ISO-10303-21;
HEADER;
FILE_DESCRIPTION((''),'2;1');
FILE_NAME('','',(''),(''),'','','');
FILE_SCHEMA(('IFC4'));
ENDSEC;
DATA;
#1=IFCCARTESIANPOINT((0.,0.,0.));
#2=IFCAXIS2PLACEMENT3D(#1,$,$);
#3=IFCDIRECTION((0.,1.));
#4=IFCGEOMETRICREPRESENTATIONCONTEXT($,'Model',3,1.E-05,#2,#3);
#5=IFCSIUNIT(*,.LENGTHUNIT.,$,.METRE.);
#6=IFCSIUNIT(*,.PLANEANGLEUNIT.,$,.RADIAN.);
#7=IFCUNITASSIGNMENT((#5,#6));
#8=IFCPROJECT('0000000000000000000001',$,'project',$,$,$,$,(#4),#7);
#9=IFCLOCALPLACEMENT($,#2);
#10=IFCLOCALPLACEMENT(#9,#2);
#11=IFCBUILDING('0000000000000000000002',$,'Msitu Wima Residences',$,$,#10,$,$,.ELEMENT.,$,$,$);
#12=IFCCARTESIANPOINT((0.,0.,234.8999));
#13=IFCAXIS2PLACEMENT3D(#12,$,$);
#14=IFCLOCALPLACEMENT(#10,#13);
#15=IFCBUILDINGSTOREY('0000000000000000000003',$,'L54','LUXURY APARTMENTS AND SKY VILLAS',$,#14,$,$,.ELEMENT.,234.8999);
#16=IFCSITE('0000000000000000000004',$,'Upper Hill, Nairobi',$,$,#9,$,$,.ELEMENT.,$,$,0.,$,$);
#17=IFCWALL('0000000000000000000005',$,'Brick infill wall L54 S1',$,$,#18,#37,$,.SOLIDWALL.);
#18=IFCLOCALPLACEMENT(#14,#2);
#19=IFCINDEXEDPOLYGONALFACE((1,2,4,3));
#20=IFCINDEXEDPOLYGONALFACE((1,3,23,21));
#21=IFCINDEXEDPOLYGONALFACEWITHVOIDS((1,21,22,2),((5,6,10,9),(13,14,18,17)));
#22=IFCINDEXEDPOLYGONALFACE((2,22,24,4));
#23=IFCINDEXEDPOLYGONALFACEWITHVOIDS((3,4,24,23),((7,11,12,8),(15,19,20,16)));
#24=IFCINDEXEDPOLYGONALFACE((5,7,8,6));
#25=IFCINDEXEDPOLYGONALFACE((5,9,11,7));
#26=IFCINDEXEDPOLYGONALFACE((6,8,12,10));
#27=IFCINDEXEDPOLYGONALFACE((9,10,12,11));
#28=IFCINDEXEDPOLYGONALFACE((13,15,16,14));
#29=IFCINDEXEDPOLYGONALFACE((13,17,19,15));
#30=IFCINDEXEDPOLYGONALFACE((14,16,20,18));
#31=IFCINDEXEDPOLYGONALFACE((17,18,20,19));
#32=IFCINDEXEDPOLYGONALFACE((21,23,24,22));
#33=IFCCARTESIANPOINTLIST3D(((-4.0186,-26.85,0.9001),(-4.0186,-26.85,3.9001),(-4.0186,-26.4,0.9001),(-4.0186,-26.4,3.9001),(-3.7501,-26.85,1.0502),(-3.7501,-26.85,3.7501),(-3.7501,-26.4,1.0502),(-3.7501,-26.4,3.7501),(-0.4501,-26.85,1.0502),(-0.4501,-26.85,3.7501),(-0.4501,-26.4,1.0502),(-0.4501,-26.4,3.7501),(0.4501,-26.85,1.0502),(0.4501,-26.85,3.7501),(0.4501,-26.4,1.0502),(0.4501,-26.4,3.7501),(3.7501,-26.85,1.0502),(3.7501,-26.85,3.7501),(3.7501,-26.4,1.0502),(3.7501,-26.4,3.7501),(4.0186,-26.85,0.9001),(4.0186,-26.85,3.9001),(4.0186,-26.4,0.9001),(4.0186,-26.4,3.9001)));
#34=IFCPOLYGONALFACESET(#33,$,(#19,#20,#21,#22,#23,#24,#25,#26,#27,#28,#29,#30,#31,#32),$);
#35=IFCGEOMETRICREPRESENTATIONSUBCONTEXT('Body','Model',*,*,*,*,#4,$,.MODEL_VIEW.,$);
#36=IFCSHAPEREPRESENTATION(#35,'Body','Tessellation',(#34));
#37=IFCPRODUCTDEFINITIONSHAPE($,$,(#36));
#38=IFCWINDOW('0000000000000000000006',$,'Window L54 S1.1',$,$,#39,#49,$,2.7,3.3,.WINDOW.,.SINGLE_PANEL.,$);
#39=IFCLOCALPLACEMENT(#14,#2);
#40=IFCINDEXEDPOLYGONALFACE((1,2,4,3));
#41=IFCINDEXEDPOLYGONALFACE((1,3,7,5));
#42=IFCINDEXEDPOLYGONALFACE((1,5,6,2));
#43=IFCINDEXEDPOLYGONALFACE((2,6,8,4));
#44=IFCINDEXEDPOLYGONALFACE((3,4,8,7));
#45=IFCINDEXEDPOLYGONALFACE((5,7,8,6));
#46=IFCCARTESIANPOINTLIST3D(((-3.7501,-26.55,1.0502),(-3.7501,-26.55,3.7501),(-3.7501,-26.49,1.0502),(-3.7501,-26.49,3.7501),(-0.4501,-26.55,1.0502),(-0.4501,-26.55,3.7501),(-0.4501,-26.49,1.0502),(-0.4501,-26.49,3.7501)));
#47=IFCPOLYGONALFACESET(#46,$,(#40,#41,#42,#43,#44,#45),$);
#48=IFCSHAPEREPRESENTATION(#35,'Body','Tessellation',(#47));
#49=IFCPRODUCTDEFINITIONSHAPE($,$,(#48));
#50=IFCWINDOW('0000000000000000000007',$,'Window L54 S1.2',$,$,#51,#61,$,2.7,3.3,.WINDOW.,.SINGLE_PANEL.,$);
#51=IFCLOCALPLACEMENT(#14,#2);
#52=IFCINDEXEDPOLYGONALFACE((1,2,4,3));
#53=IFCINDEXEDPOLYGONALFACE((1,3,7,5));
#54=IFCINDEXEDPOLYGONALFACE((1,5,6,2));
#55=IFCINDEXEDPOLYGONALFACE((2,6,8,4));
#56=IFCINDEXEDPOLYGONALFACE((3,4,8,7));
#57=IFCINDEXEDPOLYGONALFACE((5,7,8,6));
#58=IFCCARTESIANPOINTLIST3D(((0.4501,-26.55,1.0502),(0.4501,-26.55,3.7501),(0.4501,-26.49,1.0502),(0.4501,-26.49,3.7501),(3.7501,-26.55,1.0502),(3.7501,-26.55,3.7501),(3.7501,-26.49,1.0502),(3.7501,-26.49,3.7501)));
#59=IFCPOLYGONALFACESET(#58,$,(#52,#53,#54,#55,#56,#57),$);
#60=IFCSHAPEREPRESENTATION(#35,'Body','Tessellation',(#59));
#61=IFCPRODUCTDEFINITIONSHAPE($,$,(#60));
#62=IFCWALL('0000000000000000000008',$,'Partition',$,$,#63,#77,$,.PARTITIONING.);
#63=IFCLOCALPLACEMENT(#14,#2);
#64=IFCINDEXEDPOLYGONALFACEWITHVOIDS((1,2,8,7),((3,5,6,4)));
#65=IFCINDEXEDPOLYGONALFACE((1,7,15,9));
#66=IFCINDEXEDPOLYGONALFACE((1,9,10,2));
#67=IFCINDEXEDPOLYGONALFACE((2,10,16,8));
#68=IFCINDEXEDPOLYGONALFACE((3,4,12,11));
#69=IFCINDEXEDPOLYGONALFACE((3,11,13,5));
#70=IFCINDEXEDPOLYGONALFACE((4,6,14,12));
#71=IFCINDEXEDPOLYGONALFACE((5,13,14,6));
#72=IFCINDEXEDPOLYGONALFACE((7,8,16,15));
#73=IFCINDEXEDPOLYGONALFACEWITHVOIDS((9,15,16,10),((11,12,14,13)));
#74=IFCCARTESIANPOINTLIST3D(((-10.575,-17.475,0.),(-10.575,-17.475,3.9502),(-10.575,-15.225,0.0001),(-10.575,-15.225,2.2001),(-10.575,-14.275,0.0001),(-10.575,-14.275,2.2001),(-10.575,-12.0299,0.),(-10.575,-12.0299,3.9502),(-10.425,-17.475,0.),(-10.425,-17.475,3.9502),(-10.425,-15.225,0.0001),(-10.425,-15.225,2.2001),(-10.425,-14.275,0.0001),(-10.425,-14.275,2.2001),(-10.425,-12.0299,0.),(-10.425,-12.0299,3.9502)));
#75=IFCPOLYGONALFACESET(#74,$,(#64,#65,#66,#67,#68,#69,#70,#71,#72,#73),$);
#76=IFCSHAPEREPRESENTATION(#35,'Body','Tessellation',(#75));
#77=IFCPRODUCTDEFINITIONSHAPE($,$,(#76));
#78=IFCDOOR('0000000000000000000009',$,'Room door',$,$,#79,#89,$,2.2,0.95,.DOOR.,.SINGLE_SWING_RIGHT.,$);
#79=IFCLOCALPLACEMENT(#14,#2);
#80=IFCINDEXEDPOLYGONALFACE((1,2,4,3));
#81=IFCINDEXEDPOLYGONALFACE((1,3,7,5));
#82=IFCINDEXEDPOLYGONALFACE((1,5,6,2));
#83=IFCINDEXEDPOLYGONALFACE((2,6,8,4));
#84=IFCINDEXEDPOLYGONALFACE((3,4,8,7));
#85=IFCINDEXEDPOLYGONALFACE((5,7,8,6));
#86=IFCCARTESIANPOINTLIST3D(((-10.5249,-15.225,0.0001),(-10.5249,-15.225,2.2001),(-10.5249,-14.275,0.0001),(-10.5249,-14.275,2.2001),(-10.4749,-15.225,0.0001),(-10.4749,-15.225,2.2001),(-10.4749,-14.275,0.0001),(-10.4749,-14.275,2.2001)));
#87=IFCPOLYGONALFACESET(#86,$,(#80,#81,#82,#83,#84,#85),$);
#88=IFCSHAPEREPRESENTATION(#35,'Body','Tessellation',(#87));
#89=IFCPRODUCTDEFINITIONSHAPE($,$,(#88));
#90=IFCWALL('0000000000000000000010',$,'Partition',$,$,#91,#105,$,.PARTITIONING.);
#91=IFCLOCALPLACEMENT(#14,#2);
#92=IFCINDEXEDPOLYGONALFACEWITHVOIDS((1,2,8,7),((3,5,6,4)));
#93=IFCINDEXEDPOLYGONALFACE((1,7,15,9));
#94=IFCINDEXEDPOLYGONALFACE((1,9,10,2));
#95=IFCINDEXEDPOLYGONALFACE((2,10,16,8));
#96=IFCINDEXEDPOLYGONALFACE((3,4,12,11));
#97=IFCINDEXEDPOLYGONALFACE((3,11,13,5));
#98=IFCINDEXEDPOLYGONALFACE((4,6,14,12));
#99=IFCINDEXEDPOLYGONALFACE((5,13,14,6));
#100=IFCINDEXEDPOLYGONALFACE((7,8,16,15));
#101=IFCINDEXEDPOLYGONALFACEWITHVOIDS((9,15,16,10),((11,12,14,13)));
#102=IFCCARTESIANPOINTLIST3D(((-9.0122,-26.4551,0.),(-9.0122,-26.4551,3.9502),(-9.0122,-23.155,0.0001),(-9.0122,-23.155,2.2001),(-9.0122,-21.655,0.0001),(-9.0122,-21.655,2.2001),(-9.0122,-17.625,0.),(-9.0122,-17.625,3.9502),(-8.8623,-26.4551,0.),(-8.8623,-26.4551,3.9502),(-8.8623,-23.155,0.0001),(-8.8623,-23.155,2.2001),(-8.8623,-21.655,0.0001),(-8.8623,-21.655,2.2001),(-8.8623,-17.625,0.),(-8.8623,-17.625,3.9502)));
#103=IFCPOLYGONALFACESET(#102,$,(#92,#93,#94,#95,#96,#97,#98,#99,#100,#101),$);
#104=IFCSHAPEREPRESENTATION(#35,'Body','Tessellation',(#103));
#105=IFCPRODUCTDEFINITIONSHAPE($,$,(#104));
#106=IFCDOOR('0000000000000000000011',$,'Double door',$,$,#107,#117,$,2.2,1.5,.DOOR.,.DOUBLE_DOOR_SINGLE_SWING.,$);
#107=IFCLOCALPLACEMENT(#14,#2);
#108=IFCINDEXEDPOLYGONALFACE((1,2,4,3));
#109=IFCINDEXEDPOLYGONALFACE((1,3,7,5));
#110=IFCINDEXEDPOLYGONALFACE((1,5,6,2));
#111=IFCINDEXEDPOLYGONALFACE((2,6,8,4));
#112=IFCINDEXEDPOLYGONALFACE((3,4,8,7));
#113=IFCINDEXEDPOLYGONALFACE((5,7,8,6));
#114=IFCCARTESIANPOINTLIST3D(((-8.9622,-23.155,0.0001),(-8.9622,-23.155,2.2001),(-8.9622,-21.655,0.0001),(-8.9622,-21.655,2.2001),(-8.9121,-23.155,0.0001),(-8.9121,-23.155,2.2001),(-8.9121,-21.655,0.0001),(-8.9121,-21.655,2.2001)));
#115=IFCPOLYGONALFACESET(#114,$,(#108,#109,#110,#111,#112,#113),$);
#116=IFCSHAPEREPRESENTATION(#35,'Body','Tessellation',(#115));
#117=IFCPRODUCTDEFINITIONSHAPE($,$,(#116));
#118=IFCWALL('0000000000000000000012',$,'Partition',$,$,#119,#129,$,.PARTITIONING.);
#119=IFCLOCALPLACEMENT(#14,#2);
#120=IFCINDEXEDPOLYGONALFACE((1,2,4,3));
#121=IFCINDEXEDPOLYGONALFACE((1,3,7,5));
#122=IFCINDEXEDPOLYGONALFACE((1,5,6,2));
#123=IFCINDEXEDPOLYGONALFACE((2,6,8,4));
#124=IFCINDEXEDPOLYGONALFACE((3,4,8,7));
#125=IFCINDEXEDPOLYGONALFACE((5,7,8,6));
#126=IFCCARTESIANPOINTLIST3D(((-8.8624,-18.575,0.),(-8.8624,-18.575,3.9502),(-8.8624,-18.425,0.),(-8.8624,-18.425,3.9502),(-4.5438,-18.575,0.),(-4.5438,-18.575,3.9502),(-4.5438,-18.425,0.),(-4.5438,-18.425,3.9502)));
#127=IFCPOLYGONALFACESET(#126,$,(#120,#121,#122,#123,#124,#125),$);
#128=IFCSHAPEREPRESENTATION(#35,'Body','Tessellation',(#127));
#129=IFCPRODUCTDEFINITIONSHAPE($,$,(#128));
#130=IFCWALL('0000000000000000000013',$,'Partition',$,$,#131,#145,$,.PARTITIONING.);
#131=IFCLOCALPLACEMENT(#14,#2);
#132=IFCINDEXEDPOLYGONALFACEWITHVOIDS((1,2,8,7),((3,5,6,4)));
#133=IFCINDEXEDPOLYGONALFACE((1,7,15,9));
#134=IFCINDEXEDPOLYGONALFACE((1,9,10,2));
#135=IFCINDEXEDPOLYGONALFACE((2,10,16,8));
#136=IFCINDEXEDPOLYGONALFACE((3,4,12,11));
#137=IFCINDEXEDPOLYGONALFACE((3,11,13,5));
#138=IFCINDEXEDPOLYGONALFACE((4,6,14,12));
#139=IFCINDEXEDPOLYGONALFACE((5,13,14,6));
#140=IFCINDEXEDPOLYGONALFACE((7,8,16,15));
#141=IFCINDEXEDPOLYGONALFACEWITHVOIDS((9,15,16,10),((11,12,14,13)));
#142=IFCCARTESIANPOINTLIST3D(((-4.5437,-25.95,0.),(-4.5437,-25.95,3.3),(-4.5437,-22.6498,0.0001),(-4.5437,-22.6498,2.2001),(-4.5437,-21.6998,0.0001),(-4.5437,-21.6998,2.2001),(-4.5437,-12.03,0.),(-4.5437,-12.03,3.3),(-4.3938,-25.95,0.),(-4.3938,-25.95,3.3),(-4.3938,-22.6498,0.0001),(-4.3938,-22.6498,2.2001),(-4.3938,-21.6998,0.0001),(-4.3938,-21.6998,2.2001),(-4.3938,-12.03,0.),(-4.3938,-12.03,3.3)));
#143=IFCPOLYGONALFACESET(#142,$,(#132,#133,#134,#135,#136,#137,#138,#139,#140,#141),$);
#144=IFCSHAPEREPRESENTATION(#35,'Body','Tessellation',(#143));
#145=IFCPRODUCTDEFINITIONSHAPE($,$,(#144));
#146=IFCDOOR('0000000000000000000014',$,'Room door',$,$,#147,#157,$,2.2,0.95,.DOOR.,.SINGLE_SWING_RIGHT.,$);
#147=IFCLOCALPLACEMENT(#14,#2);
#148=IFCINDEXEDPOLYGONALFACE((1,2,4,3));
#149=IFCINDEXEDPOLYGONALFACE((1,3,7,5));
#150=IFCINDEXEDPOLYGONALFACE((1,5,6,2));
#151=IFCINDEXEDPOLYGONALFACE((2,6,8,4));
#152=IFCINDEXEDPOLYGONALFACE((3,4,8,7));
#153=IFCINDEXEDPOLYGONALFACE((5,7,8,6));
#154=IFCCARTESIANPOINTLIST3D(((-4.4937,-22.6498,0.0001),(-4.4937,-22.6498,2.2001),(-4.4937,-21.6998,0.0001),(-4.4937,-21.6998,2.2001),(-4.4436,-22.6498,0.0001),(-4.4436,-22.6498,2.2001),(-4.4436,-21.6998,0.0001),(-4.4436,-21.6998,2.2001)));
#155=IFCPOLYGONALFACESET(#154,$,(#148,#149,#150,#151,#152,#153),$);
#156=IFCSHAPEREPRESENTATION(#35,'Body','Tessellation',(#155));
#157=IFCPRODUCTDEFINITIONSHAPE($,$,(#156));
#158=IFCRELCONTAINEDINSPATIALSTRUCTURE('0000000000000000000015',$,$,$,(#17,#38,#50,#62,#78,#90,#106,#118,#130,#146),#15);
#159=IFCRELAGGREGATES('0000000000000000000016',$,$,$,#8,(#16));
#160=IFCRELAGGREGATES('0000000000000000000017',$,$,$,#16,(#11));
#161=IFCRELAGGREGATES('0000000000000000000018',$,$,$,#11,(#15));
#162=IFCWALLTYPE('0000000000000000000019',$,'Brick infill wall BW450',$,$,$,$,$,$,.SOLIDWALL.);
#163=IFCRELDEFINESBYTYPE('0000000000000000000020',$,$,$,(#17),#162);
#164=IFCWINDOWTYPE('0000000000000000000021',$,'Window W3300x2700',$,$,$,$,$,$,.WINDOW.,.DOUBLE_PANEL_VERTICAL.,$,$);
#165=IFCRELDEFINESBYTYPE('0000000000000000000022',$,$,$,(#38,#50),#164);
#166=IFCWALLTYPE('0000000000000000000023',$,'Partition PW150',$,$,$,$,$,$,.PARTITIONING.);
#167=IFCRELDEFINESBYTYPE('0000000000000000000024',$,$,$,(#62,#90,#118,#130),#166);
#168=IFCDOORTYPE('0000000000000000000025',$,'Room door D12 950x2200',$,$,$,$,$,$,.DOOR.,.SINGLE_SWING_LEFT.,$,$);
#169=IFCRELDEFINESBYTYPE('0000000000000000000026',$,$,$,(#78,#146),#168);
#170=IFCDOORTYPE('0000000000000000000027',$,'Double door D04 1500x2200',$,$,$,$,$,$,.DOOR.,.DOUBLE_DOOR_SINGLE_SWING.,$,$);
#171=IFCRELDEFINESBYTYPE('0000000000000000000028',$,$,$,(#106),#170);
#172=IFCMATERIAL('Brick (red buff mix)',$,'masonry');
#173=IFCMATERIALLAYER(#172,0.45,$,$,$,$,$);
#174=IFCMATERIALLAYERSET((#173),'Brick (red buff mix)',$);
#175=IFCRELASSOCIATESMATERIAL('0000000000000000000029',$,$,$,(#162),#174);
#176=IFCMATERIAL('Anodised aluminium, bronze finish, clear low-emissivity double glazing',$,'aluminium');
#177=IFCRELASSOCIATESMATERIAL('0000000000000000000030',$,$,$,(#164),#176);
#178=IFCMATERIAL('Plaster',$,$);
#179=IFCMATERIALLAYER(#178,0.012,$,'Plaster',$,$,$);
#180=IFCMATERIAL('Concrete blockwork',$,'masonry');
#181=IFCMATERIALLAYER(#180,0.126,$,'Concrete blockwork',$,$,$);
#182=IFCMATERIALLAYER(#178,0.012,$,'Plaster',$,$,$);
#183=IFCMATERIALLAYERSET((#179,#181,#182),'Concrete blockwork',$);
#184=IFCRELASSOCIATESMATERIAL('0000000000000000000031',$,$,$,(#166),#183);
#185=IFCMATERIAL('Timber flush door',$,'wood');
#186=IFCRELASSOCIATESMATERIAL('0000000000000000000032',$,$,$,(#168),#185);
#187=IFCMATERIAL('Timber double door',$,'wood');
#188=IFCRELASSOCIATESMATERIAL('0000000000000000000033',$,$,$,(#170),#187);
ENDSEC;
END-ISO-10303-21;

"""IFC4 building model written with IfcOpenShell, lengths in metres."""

from ifc_helpers import new_model, si_unit, direction, frame, frame_2d, origin, place, context, subcontext, project, spatial, rectangle, extrude, material, layer, layer_set, type_object, element, fill, save


model = new_model("IFC4")

# Units and contexts
model_context = context("Model", 3, precision=1e-05, world=origin(), true_north=direction((0.0, 1.0)))
body_context = subcontext(model_context, "Body", "Model", "MODEL_VIEW")
ifc_project = project(units=[si_unit("LENGTHUNIT", "METRE"), si_unit("PLANEANGLEUNIT", "RADIAN")], contexts=[model_context])

# Site, building, storey
site_placement = place(None, origin())
site = spatial("IfcSite", under=ifc_project, at=site_placement, Name="Upper Hill, Nairobi", CompositionType="ELEMENT", RefElevation=0.0)
building_placement = place(site_placement, origin())
building = spatial("IfcBuilding", under=site, at=building_placement, Name="Msitu Wima Residences", CompositionType="ELEMENT")
storey_placement = place(building_placement, frame((0.0, 0.0, 234.8999)))
storey = spatial("IfcBuildingStorey", under=building, at=storey_placement, Name="L54", Description="LUXURY APARTMENTS AND SKY VILLAS", CompositionType="ELEMENT", Elevation=234.8999)

# Shared definitions
ifc_material_1 = material(Name="Brick (red buff mix)", Category="masonry")
ifc_layer_1 = layer(ifc_material_1, 0.45)
ifc_layer_set_1 = layer_set([ifc_layer_1], Name="Brick (red buff mix)")
wall_type_1 = type_object("IfcWallType", Name="Brick infill wall BW450", PredefinedType="SOLIDWALL", material=ifc_layer_set_1)
ifc_material_2 = material(Name="Anodised aluminium, bronze finish, clear low-emissivity double glazing", Category="aluminium")
window_type = type_object("IfcWindowType", Name="Window W3300x2700", PartitioningType="DOUBLE_PANEL_VERTICAL", PredefinedType="WINDOW", material=ifc_material_2)

# Wall, openings, windows
wall_1_placement = place(storey_placement, frame((-4.0186, -26.625, 0.9001), z_axis=(0.0, 0.0, 1.0), x_axis=(1.0, 0.0, 0.0)))
wall_1 = element("IfcWall", 1, at=wall_1_placement, inside=storey, type_object=wall_type_1, Name="Brick infill wall L54 S1", PredefinedType="SOLIDWALL", context=body_context, shape_type="SweptSolid", body=[
    extrude(rectangle(XDim=8.0371, YDim=0.45, at=frame_2d((4.0186, 0.0))), origin(), (0.0, 0.0, 1.0), 3.0),
])
opening_1_placement = place(wall_1_placement, frame((0.2686, 0.0, 0.1499)))
opening_1 = element("IfcOpeningElement", 2, at=opening_1_placement, cuts=wall_1, PredefinedType="OPENING", context=body_context, shape_type="SweptSolid", body=[
    extrude(rectangle(XDim=3.3, YDim=2.7, at=frame_2d((1.6499, 1.3501))), frame((0.0, 0.2349, 0.0), z_axis=(0.0, -1.0, 0.0), x_axis=(1.0, 0.0, 0.0)), (0.0, 0.0, 1.0), 0.47),
])
opening_2_placement = place(wall_1_placement, frame((4.4688, 0.0, 0.1499)))
opening_2 = element("IfcOpeningElement", 3, at=opening_2_placement, cuts=wall_1, PredefinedType="OPENING", context=body_context, shape_type="SweptSolid", body=[
    extrude(rectangle(XDim=3.3, YDim=2.7, at=frame_2d((1.6499, 1.3501))), frame((0.0, 0.2349, 0.0), z_axis=(0.0, -1.0, 0.0), x_axis=(1.0, 0.0, 0.0)), (0.0, 0.0, 1.0), 0.47),
])
window_1_placement = place(opening_1_placement, origin())
window_1 = element("IfcWindow", 4, at=window_1_placement, inside=storey, type_object=window_type, Name="Window L54 S1.1", OverallHeight=2.7, OverallWidth=3.3, PartitioningType="SINGLE_PANEL", PredefinedType="WINDOW", context=body_context, shape_type="SweptSolid", body=[
    extrude(rectangle(XDim=3.3, YDim=2.7, at=frame_2d((1.6499, 1.3501))), frame((0.0, 0.135, 0.0), z_axis=(0.0, -1.0, 0.0), x_axis=(1.0, 0.0, 0.0)), (0.0, 0.0, 1.0), 0.0601),
])
fill(opening_1, window_1)
window_2_placement = place(opening_2_placement, origin())
window_2 = element("IfcWindow", 5, at=window_2_placement, inside=storey, type_object=window_type, Name="Window L54 S1.2", OverallHeight=2.7, OverallWidth=3.3, PartitioningType="SINGLE_PANEL", PredefinedType="WINDOW", context=body_context, shape_type="SweptSolid", body=[
    extrude(rectangle(XDim=3.3, YDim=2.7, at=frame_2d((1.6499, 1.3501))), frame((0.0, 0.135, 0.0), z_axis=(0.0, -1.0, 0.0), x_axis=(1.0, 0.0, 0.0)), (0.0, 0.0, 1.0), 0.0601),
])
fill(opening_2, window_2)

# Walls, openings, doors
ifc_material_3 = material(Name="Plaster")
ifc_layer_2 = layer(ifc_material_3, 0.012, Name="Plaster")
ifc_material_4 = material(Name="Concrete blockwork", Category="masonry")
ifc_layer_3 = layer(ifc_material_4, 0.126, Name="Concrete blockwork")
ifc_layer_4 = layer(ifc_material_3, 0.012, Name="Plaster")
ifc_layer_set_2 = layer_set([ifc_layer_2, ifc_layer_3, ifc_layer_4], Name="Concrete blockwork")
wall_type_2 = type_object("IfcWallType", Name="Partition PW150", PredefinedType="PARTITIONING", material=ifc_layer_set_2)
wall_2_placement = place(storey_placement, frame((-10.5, -17.4751, 0.0), z_axis=(0.0, 0.0, 1.0), x_axis=(0.0, 1.0, 0.0)))
wall_2 = element("IfcWall", 6, at=wall_2_placement, inside=storey, type_object=wall_type_2, Name="Partition", PredefinedType="PARTITIONING", context=body_context, shape_type="SweptSolid", body=[
    extrude(rectangle(XDim=5.4451, YDim=0.1499, at=frame_2d((2.7227, 0.0))), origin(), (0.0, 0.0, 1.0), 3.9502),
])
opening_3_placement = place(wall_2_placement, frame((2.25, 0.0, 0.0)))
opening_3 = element("IfcOpeningElement", 7, at=opening_3_placement, cuts=wall_2, PredefinedType="OPENING", context=body_context, shape_type="SweptSolid", body=[
    extrude(rectangle(XDim=0.95, YDim=2.2, at=frame_2d((0.4751, 1.1001))), frame((0.0, 0.085, 0.0), z_axis=(0.0, -1.0, 0.0), x_axis=(1.0, 0.0, 0.0)), (0.0, 0.0, 1.0), 0.1699),
])
ifc_material_5 = material(Name="Timber flush door", Category="wood")
door_type_1 = type_object("IfcDoorType", Name="Room door D12 950x2200", OperationType="SINGLE_SWING_LEFT", PredefinedType="DOOR", material=ifc_material_5)
door_1_placement = place(opening_3_placement, origin())
door_1 = element("IfcDoor", 8, at=door_1_placement, inside=storey, type_object=door_type_1, Name="Room door", OperationType="SINGLE_SWING_RIGHT", OverallHeight=2.2, OverallWidth=0.95, PredefinedType="DOOR", context=body_context, shape_type="SweptSolid", body=[
    extrude(rectangle(XDim=0.95, YDim=2.2, at=frame_2d((0.4751, 1.1001))), frame((0.0, 0.0249, 0.0), z_axis=(0.0, -1.0, 0.0), x_axis=(1.0, 0.0, 0.0)), (0.0, 0.0, 1.0), 0.05),
])
fill(opening_3, door_1)
wall_3_placement = place(storey_placement, frame((-8.9373, -26.4551, 0.0), z_axis=(0.0, 0.0, 1.0), x_axis=(0.0, 1.0, 0.0)))
wall_3 = element("IfcWall", 9, at=wall_3_placement, inside=storey, type_object=wall_type_2, Name="Partition", PredefinedType="PARTITIONING", context=body_context, shape_type="SweptSolid", body=[
    extrude(rectangle(XDim=8.8301, YDim=0.1499, at=frame_2d((4.415, 0.0))), origin(), (0.0, 0.0, 1.0), 3.9502),
])
opening_4_placement = place(wall_3_placement, frame((3.3, 0.0, 0.0)))
opening_4 = element("IfcOpeningElement", 10, at=opening_4_placement, cuts=wall_3, PredefinedType="OPENING", context=body_context, shape_type="SweptSolid", body=[
    extrude(rectangle(XDim=1.5, YDim=2.2, at=frame_2d((0.75, 1.1001))), frame((0.0, 0.085, 0.0), z_axis=(0.0, -1.0, 0.0), x_axis=(1.0, 0.0, 0.0)), (0.0, 0.0, 1.0), 0.1699),
])
ifc_material_6 = material(Name="Timber double door", Category="wood")
door_type_2 = type_object("IfcDoorType", Name="Double door D04 1500x2200", OperationType="DOUBLE_DOOR_SINGLE_SWING", PredefinedType="DOOR", material=ifc_material_6)
door_2_placement = place(opening_4_placement, origin())
door_2 = element("IfcDoor", 11, at=door_2_placement, inside=storey, type_object=door_type_2, Name="Double door", OperationType="DOUBLE_DOOR_SINGLE_SWING", OverallHeight=2.2, OverallWidth=1.5, PredefinedType="DOOR", context=body_context, shape_type="SweptSolid", body=[
    extrude(rectangle(XDim=1.5, YDim=2.2, at=frame_2d((0.75, 1.1001))), frame((0.0, 0.0249, 0.0), z_axis=(0.0, -1.0, 0.0), x_axis=(1.0, 0.0, 0.0)), (0.0, 0.0, 1.0), 0.05),
])
fill(opening_4, door_2)

# Wall
wall_4_placement = place(storey_placement, frame((-8.8623, -18.5, 0.0), z_axis=(0.0, 0.0, 1.0), x_axis=(1.0, 0.0, 0.0)))
element("IfcWall", 12, at=wall_4_placement, inside=storey, type_object=wall_type_2, Name="Partition", PredefinedType="PARTITIONING", context=body_context, shape_type="SweptSolid", body=[
    extrude(rectangle(XDim=4.3186, YDim=0.1499, at=frame_2d((2.1592, 0.0))), origin(), (0.0, 0.0, 1.0), 3.9502),
])

# Wall, opening, door
wall_5_placement = place(storey_placement, frame((-4.4688, -25.95, 0.0), z_axis=(0.0, 0.0, 1.0), x_axis=(0.0, 1.0, 0.0)))
wall_5 = element("IfcWall", 13, at=wall_5_placement, inside=storey, type_object=wall_type_2, Name="Partition", PredefinedType="PARTITIONING", context=body_context, shape_type="SweptSolid", body=[
    extrude(rectangle(XDim=13.9199, YDim=0.1499, at=frame_2d((6.96, 0.0))), origin(), (0.0, 0.0, 1.0), 3.3),
])
opening_5_placement = place(wall_5_placement, frame((3.3, 0.0, 0.0)))
opening_5 = element("IfcOpeningElement", 14, at=opening_5_placement, cuts=wall_5, PredefinedType="OPENING", context=body_context, shape_type="SweptSolid", body=[
    extrude(rectangle(XDim=0.95, YDim=2.2, at=frame_2d((0.4751, 1.1001))), frame((0.0, 0.085, 0.0), z_axis=(0.0, -1.0, 0.0), x_axis=(1.0, 0.0, 0.0)), (0.0, 0.0, 1.0), 0.1699),
])
door_3_placement = place(opening_5_placement, origin())
door_3 = element("IfcDoor", 15, at=door_3_placement, inside=storey, type_object=door_type_1, Name="Room door", OperationType="SINGLE_SWING_RIGHT", OverallHeight=2.2, OverallWidth=0.95, PredefinedType="DOOR", context=body_context, shape_type="SweptSolid", body=[
    extrude(rectangle(XDim=0.95, YDim=2.2, at=frame_2d((0.4751, 1.1001))), frame((0.0, 0.0249, 0.0), z_axis=(0.0, -1.0, 0.0), x_axis=(1.0, 0.0, 0.0)), (0.0, 0.0, 1.0), 0.05),
])
fill(opening_5, door_3)

save(model, "model.ifc")
